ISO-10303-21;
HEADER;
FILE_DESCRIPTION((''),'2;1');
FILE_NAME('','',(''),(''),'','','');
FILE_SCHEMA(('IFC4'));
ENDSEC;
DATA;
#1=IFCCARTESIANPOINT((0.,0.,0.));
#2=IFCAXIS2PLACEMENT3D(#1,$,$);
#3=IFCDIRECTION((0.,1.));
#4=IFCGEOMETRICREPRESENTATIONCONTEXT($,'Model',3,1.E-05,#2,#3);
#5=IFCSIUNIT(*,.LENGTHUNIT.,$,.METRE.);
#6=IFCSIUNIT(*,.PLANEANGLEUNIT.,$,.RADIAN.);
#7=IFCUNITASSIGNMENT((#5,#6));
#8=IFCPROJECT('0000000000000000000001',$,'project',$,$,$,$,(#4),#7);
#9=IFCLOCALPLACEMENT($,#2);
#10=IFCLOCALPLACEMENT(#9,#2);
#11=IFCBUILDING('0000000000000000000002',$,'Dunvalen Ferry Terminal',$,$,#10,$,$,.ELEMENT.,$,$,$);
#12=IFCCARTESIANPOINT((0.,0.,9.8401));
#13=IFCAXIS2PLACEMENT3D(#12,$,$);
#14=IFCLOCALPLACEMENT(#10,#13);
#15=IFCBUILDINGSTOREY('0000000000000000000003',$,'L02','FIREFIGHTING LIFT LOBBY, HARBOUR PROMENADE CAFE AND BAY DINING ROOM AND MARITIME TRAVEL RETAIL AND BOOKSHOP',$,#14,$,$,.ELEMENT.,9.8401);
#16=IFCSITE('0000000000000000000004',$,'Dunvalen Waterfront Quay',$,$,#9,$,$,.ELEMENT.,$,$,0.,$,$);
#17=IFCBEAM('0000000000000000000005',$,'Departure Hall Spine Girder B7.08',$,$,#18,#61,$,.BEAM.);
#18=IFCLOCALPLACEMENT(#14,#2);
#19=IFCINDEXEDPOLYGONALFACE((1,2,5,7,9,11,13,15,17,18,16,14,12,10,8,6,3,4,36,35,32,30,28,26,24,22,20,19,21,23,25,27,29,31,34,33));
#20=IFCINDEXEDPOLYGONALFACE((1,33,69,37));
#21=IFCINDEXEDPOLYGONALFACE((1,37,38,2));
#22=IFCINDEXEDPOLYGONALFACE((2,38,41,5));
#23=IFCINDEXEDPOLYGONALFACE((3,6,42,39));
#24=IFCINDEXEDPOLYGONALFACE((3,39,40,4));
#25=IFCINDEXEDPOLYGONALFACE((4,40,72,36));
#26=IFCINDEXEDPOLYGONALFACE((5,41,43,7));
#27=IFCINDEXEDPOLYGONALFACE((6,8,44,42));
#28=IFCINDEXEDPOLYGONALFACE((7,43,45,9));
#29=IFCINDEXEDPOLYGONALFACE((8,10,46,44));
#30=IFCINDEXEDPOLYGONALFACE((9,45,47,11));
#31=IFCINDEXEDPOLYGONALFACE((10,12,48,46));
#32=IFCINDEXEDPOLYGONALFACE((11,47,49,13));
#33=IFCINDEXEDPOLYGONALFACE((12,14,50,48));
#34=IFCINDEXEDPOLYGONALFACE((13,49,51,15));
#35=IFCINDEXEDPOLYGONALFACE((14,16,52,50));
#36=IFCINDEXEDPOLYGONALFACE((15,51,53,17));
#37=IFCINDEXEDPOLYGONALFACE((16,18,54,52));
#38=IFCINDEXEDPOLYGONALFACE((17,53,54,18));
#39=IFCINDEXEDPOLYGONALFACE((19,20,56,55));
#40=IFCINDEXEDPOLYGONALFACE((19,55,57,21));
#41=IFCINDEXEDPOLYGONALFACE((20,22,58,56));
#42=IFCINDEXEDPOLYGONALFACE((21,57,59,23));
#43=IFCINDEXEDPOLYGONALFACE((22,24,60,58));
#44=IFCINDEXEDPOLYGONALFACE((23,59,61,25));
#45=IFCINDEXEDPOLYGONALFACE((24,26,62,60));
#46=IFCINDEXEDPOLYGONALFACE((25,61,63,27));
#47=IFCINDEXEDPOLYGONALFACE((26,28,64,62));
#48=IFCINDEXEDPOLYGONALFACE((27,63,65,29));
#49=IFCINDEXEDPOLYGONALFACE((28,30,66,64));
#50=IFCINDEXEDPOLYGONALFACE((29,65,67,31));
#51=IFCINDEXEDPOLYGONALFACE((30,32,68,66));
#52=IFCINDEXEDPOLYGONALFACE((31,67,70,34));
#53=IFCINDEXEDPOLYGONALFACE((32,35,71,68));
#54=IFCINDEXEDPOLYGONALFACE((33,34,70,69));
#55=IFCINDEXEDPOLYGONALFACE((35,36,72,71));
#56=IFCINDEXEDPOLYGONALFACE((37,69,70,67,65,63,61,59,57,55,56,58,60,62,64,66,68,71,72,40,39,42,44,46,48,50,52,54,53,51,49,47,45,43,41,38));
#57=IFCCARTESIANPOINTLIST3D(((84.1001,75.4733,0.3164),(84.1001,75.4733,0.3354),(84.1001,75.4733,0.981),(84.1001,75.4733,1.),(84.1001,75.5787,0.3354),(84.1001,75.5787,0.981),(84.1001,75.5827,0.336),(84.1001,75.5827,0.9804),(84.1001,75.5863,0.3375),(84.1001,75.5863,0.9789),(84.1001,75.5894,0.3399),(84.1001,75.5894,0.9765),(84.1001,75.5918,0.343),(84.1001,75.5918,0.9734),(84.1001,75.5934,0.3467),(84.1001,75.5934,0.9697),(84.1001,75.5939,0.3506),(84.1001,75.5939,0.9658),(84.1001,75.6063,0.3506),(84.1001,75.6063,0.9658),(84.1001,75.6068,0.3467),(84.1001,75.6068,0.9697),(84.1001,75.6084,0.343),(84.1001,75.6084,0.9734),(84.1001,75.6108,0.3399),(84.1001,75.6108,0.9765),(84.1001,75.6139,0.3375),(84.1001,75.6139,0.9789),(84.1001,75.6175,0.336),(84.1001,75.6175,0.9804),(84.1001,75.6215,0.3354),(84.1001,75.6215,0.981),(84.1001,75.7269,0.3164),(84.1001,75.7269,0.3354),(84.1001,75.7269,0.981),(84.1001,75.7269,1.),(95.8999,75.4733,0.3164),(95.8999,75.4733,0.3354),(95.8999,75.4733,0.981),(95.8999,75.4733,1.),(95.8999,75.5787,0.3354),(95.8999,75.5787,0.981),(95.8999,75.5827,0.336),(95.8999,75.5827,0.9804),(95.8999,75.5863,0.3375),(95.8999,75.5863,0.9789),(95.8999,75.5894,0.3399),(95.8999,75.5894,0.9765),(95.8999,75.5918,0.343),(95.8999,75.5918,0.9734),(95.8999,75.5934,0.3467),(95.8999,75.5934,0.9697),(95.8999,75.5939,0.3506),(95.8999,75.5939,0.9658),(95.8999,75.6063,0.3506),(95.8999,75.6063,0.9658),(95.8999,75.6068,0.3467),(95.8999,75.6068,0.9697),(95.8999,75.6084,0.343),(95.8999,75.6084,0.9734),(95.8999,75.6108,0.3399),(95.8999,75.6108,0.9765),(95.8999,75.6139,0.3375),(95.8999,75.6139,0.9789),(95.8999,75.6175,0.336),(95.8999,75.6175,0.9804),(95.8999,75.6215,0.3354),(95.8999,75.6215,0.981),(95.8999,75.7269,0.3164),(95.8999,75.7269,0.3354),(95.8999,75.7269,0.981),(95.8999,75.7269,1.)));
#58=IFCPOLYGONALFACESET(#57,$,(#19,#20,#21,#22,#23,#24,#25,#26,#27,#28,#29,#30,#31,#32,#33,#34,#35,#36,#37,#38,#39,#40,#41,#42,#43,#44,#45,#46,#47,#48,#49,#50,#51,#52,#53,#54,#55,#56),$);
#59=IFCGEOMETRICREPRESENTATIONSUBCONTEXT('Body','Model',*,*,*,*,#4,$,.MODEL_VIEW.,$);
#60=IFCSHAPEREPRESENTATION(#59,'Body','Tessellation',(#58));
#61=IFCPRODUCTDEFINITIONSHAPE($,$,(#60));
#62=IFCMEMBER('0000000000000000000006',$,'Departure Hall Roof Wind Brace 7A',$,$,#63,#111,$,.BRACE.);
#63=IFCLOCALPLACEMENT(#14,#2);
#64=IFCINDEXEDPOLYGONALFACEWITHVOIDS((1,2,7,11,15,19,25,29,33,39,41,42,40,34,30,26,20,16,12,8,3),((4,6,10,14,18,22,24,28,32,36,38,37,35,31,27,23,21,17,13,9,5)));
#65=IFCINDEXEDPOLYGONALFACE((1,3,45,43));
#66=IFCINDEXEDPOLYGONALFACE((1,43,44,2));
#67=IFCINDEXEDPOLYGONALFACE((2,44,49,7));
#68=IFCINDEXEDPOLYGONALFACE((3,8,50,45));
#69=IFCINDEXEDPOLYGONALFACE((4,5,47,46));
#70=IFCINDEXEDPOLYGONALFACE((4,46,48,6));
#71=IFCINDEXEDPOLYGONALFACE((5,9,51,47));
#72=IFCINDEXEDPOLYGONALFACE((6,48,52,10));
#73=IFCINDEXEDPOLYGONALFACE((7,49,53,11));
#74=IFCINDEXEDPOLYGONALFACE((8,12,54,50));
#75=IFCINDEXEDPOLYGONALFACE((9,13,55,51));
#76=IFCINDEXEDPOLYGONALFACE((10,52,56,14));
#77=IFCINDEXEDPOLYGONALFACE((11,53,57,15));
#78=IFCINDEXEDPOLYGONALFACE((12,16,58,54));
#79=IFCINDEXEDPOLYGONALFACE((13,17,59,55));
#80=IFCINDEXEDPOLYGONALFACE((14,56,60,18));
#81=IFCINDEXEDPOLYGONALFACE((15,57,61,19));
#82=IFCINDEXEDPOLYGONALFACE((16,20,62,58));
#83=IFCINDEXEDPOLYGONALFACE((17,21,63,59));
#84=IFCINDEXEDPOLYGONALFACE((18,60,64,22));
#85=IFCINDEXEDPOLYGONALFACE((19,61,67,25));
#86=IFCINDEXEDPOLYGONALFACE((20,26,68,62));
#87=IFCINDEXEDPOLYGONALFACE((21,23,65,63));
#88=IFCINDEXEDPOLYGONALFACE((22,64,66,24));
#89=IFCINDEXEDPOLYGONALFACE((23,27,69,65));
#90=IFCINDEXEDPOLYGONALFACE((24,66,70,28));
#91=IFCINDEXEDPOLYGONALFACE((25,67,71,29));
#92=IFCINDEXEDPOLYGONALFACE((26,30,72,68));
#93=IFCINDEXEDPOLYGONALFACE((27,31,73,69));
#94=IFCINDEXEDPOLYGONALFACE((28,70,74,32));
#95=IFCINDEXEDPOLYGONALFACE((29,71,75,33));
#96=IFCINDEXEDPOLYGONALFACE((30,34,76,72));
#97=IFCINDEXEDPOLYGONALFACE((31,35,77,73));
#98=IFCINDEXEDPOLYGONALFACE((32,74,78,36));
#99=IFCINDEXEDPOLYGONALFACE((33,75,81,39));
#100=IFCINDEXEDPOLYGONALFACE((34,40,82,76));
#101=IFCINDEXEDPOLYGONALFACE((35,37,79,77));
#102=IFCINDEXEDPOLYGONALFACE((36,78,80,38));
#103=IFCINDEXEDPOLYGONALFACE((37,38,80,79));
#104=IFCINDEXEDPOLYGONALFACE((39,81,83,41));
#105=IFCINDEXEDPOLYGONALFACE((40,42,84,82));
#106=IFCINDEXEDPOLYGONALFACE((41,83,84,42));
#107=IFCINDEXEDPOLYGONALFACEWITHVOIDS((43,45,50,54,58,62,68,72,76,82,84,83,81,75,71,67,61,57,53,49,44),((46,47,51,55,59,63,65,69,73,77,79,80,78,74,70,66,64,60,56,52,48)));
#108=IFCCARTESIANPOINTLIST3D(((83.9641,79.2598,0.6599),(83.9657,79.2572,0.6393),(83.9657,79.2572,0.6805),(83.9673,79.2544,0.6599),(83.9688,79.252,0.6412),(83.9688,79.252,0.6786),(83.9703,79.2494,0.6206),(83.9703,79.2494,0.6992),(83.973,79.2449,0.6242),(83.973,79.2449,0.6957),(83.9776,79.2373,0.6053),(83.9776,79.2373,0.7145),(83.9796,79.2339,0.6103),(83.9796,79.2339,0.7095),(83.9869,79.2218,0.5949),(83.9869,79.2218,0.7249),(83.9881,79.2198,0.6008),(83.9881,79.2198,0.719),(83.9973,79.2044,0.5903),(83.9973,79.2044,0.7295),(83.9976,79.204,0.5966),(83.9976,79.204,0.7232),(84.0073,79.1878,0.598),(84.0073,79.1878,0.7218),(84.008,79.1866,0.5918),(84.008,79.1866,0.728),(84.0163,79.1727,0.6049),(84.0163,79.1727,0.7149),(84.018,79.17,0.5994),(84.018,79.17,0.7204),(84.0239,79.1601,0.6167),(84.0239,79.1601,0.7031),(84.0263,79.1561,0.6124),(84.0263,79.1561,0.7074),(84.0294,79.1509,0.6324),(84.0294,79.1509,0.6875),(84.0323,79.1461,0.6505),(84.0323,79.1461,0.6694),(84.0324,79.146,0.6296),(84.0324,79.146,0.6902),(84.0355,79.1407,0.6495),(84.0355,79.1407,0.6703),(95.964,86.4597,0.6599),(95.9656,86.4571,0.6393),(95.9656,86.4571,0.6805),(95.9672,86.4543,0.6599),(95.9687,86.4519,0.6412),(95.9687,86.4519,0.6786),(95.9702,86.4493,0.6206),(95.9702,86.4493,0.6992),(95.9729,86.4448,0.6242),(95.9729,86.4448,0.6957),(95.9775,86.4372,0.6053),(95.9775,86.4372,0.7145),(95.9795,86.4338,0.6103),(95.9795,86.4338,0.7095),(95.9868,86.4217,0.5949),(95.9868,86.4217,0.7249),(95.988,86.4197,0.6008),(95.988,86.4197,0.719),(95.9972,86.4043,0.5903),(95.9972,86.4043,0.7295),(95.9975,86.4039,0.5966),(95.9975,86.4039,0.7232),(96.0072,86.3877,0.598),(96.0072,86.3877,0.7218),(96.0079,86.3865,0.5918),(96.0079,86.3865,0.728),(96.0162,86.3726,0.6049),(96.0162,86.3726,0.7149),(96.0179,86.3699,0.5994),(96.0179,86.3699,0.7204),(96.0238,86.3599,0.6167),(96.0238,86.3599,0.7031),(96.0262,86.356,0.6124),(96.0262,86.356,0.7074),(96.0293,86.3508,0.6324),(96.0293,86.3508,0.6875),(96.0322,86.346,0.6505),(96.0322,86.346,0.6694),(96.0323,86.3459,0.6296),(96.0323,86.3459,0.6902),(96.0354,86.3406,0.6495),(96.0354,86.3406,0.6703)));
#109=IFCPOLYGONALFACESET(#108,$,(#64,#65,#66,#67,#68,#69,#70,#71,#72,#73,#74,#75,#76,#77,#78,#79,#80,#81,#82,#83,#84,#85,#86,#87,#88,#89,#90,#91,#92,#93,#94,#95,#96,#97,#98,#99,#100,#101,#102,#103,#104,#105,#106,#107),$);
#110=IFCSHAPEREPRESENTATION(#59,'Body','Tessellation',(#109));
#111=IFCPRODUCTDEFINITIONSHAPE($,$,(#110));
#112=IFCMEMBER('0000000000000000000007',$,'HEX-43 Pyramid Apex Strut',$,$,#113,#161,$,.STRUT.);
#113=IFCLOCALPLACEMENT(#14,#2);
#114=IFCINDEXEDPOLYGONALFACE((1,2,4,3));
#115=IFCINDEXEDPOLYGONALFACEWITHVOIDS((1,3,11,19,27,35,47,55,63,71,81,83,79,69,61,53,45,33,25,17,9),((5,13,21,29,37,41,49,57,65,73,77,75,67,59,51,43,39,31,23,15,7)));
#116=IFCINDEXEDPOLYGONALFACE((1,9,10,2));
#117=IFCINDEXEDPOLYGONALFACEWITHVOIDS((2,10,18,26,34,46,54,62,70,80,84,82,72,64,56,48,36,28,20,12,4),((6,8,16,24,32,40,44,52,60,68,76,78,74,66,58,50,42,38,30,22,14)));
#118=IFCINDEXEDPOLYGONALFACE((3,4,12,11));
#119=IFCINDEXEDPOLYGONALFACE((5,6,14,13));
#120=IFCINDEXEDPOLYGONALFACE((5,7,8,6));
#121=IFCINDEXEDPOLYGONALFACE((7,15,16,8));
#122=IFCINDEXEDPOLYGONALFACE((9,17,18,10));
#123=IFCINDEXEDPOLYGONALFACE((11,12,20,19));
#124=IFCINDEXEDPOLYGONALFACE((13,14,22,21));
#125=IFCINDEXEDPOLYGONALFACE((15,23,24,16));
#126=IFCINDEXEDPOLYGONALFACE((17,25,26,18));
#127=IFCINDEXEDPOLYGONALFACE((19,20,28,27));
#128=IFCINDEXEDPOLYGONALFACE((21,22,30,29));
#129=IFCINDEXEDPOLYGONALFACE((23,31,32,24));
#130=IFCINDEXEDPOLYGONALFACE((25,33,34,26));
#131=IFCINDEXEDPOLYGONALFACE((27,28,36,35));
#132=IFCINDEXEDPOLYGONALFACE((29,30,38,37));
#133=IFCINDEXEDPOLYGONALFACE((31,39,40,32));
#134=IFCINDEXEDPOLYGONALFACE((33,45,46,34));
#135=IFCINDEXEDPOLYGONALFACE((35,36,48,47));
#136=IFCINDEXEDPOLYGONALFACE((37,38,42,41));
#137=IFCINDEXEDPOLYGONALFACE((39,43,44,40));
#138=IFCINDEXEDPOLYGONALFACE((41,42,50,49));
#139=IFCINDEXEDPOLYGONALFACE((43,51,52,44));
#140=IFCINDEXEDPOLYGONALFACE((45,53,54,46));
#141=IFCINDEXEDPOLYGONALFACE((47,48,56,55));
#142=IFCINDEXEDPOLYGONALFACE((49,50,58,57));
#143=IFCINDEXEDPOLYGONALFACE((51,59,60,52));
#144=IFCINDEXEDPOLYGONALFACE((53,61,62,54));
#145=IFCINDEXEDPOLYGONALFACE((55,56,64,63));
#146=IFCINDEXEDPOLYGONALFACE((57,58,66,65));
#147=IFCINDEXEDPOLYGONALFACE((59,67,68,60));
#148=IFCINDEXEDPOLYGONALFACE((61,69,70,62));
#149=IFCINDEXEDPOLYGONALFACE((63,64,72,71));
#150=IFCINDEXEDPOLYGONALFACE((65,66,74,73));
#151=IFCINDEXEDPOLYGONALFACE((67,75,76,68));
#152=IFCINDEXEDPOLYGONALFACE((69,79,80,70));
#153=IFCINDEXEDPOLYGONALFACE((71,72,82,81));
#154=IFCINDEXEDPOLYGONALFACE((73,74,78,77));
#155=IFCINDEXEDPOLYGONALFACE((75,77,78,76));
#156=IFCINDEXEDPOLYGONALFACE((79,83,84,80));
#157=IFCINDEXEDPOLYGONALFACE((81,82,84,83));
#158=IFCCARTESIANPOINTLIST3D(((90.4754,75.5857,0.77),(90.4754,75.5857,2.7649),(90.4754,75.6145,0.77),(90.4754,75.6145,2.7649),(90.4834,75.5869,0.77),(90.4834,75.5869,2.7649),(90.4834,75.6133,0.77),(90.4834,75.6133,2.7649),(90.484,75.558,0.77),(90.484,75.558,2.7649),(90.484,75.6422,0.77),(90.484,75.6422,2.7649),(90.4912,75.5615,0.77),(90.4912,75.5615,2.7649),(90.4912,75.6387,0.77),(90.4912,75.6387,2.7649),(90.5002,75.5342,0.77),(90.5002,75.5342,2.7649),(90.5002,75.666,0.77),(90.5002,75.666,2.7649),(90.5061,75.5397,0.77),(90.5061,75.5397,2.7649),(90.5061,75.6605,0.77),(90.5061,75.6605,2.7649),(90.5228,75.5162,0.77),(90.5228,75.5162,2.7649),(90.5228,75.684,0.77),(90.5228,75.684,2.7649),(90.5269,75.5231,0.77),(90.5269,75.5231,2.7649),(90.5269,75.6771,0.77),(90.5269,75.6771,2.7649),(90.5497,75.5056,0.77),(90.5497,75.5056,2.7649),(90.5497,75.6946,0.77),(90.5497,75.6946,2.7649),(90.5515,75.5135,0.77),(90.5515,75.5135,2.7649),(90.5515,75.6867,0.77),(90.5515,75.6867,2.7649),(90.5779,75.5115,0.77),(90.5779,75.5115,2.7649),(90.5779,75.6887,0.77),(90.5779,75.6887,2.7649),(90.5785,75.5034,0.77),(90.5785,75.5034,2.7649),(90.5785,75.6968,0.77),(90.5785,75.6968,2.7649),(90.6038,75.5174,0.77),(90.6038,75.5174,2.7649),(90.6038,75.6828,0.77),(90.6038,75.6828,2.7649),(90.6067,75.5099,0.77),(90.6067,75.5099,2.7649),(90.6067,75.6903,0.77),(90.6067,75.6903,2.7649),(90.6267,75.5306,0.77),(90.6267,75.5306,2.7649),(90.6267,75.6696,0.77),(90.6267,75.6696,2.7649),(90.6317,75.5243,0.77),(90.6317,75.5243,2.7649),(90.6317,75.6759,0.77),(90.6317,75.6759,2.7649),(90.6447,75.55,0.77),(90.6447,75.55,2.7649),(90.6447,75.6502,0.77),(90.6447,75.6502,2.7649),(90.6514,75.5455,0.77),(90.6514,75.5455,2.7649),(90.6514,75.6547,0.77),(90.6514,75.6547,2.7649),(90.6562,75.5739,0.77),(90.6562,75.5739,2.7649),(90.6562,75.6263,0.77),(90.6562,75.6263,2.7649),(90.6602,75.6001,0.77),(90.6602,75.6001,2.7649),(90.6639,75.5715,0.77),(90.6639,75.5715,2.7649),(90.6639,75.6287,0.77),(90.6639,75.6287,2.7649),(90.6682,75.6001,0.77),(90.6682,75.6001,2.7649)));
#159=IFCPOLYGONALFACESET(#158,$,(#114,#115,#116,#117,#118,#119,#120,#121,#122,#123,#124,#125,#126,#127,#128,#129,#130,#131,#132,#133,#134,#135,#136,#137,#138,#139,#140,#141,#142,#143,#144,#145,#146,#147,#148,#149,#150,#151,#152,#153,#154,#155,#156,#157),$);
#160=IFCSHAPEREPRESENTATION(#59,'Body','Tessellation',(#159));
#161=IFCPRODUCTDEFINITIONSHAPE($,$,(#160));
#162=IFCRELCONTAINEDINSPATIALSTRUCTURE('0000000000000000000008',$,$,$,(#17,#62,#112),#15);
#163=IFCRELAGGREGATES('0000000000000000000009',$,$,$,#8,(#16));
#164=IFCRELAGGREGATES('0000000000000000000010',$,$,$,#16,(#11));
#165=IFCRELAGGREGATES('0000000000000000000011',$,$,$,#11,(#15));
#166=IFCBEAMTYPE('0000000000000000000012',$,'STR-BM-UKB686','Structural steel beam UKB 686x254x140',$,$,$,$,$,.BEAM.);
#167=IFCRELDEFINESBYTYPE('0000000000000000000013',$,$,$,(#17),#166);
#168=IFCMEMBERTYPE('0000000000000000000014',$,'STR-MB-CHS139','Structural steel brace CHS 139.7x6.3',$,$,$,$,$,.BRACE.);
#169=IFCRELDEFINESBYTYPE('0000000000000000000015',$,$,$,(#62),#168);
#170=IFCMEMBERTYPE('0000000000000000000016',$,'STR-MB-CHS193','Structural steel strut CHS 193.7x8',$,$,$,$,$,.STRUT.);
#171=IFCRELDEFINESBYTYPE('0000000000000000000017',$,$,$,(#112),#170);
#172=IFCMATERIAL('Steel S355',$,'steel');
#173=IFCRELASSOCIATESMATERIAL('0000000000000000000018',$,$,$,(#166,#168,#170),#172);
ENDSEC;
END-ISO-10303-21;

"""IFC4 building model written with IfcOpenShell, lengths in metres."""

from ifc_helpers import new_model, si_unit, direction, frame, origin, origin_2d, place, context, subcontext, project, spatial, hollow_circle, i_section, extrude, material, material_profile, profile_set, type_object, element, save


model = new_model("IFC4")

# Units and contexts
model_context = context("Model", 3, precision=1e-05, world=origin(), true_north=direction((0.0, 1.0)))
body_context = subcontext(model_context, "Body", "Model", "MODEL_VIEW")
ifc_project = project(units=[si_unit("LENGTHUNIT", "METRE"), si_unit("PLANEANGLEUNIT", "RADIAN")], contexts=[model_context])

# Site, building, storey
site_placement = place(None, origin())
site = spatial("IfcSite", under=ifc_project, at=site_placement, Name="Dunvalen Waterfront Quay", CompositionType="ELEMENT", RefElevation=0.0)
building_placement = place(site_placement, origin())
building = spatial("IfcBuilding", under=site, at=building_placement, Name="Dunvalen Ferry Terminal", CompositionType="ELEMENT")
storey_placement = place(building_placement, frame((0.0, 0.0, 9.8401)))
storey = spatial("IfcBuildingStorey", under=building, at=storey_placement, Name="L02", Description="FIREFIGHTING LIFT LOBBY, HARBOUR PROMENADE CAFE AND BAY DINING ROOM AND MARITIME TRAVEL RETAIL AND BOOKSHOP", CompositionType="ELEMENT", Elevation=9.8401)

# Beam
ifc_material_1 = material(Name="Steel S355", Category="steel")
ifc_material_profile_1 = material_profile(ifc_material_1, i_section(OverallWidth=0.2537, OverallDepth=0.6836, WebThickness=0.0125, FlangeThickness=0.019, FilletRadius=0.0151, at=origin_2d()), Name="Steel S355")
ifc_profile_set_1 = profile_set([ifc_material_profile_1], Name="Steel S355")
beam_type_1 = type_object("IfcBeamType", Name="STR-BM-UKB686", Description="Structural steel beam UKB 686x254x140", PredefinedType="BEAM", material=ifc_profile_set_1)
beam_1_placement = place(storey_placement, frame((84.1001, 75.6001, 0.6582), z_axis=(1.0, 0.0, 0.0), x_axis=(0.0, 1.0, 0.0)))
element("IfcBeam", 1, at=beam_1_placement, inside=storey, type_object=beam_type_1, Name="Departure Hall Spine Girder B7.08", PredefinedType="BEAM", context=body_context, shape_type="SweptSolid", body=[
    extrude(i_section(OverallWidth=0.2537, OverallDepth=0.6836, WebThickness=0.0125, FlangeThickness=0.019, FilletRadius=0.0151, at=origin_2d()), origin(), (0.0, 0.0, 1.0), 11.7998),
])

# Members
ifc_material_profile_2 = material_profile(ifc_material_1, hollow_circle(Radius=0.0698, WallThickness=0.0063, at=origin_2d()), Name="Steel S355")
ifc_profile_set_2 = profile_set([ifc_material_profile_2], Name="Steel S355")
member_type_1 = type_object("IfcMemberType", Name="STR-MB-CHS139", Description="Structural steel brace CHS 139.7x6.3", PredefinedType="BRACE", material=ifc_profile_set_2)
member_1_placement = place(storey_placement, frame((84.0, 79.2, 0.6599), z_axis=(0.857494, 0.514493, 0.0), x_axis=(-0.514493, 0.857494, 0.0)))
element("IfcMember", 2, at=member_1_placement, inside=storey, type_object=member_type_1, Name="Departure Hall Roof Wind Brace 7A", PredefinedType="BRACE", context=body_context, shape_type="SweptSolid", body=[
    extrude(hollow_circle(Radius=0.0698, WallThickness=0.0063, at=origin_2d()), origin(), (0.0, 0.0, 1.0), 13.9941),
])
ifc_material_profile_3 = material_profile(ifc_material_1, hollow_circle(Radius=0.0969, WallThickness=0.0081, at=origin_2d()), Name="Steel S355")
ifc_profile_set_3 = profile_set([ifc_material_profile_3], Name="Steel S355")
member_type_2 = type_object("IfcMemberType", Name="STR-MB-CHS193", Description="Structural steel strut CHS 193.7x8", PredefinedType="STRUT", material=ifc_profile_set_3)
member_2_placement = place(storey_placement, frame((90.5713, 75.6001, 0.77), z_axis=(0.0, 0.0, 1.0), x_axis=(1.0, 0.0, 0.0)))
element("IfcMember", 3, at=member_2_placement, inside=storey, type_object=member_type_2, Name="HEX-43 Pyramid Apex Strut", PredefinedType="STRUT", context=body_context, shape_type="SweptSolid", body=[
    extrude(hollow_circle(Radius=0.0969, WallThickness=0.0081, at=origin_2d()), origin(), (0.0, 0.0, 1.0), 1.9949),
])

save(model, "model.ifc")
